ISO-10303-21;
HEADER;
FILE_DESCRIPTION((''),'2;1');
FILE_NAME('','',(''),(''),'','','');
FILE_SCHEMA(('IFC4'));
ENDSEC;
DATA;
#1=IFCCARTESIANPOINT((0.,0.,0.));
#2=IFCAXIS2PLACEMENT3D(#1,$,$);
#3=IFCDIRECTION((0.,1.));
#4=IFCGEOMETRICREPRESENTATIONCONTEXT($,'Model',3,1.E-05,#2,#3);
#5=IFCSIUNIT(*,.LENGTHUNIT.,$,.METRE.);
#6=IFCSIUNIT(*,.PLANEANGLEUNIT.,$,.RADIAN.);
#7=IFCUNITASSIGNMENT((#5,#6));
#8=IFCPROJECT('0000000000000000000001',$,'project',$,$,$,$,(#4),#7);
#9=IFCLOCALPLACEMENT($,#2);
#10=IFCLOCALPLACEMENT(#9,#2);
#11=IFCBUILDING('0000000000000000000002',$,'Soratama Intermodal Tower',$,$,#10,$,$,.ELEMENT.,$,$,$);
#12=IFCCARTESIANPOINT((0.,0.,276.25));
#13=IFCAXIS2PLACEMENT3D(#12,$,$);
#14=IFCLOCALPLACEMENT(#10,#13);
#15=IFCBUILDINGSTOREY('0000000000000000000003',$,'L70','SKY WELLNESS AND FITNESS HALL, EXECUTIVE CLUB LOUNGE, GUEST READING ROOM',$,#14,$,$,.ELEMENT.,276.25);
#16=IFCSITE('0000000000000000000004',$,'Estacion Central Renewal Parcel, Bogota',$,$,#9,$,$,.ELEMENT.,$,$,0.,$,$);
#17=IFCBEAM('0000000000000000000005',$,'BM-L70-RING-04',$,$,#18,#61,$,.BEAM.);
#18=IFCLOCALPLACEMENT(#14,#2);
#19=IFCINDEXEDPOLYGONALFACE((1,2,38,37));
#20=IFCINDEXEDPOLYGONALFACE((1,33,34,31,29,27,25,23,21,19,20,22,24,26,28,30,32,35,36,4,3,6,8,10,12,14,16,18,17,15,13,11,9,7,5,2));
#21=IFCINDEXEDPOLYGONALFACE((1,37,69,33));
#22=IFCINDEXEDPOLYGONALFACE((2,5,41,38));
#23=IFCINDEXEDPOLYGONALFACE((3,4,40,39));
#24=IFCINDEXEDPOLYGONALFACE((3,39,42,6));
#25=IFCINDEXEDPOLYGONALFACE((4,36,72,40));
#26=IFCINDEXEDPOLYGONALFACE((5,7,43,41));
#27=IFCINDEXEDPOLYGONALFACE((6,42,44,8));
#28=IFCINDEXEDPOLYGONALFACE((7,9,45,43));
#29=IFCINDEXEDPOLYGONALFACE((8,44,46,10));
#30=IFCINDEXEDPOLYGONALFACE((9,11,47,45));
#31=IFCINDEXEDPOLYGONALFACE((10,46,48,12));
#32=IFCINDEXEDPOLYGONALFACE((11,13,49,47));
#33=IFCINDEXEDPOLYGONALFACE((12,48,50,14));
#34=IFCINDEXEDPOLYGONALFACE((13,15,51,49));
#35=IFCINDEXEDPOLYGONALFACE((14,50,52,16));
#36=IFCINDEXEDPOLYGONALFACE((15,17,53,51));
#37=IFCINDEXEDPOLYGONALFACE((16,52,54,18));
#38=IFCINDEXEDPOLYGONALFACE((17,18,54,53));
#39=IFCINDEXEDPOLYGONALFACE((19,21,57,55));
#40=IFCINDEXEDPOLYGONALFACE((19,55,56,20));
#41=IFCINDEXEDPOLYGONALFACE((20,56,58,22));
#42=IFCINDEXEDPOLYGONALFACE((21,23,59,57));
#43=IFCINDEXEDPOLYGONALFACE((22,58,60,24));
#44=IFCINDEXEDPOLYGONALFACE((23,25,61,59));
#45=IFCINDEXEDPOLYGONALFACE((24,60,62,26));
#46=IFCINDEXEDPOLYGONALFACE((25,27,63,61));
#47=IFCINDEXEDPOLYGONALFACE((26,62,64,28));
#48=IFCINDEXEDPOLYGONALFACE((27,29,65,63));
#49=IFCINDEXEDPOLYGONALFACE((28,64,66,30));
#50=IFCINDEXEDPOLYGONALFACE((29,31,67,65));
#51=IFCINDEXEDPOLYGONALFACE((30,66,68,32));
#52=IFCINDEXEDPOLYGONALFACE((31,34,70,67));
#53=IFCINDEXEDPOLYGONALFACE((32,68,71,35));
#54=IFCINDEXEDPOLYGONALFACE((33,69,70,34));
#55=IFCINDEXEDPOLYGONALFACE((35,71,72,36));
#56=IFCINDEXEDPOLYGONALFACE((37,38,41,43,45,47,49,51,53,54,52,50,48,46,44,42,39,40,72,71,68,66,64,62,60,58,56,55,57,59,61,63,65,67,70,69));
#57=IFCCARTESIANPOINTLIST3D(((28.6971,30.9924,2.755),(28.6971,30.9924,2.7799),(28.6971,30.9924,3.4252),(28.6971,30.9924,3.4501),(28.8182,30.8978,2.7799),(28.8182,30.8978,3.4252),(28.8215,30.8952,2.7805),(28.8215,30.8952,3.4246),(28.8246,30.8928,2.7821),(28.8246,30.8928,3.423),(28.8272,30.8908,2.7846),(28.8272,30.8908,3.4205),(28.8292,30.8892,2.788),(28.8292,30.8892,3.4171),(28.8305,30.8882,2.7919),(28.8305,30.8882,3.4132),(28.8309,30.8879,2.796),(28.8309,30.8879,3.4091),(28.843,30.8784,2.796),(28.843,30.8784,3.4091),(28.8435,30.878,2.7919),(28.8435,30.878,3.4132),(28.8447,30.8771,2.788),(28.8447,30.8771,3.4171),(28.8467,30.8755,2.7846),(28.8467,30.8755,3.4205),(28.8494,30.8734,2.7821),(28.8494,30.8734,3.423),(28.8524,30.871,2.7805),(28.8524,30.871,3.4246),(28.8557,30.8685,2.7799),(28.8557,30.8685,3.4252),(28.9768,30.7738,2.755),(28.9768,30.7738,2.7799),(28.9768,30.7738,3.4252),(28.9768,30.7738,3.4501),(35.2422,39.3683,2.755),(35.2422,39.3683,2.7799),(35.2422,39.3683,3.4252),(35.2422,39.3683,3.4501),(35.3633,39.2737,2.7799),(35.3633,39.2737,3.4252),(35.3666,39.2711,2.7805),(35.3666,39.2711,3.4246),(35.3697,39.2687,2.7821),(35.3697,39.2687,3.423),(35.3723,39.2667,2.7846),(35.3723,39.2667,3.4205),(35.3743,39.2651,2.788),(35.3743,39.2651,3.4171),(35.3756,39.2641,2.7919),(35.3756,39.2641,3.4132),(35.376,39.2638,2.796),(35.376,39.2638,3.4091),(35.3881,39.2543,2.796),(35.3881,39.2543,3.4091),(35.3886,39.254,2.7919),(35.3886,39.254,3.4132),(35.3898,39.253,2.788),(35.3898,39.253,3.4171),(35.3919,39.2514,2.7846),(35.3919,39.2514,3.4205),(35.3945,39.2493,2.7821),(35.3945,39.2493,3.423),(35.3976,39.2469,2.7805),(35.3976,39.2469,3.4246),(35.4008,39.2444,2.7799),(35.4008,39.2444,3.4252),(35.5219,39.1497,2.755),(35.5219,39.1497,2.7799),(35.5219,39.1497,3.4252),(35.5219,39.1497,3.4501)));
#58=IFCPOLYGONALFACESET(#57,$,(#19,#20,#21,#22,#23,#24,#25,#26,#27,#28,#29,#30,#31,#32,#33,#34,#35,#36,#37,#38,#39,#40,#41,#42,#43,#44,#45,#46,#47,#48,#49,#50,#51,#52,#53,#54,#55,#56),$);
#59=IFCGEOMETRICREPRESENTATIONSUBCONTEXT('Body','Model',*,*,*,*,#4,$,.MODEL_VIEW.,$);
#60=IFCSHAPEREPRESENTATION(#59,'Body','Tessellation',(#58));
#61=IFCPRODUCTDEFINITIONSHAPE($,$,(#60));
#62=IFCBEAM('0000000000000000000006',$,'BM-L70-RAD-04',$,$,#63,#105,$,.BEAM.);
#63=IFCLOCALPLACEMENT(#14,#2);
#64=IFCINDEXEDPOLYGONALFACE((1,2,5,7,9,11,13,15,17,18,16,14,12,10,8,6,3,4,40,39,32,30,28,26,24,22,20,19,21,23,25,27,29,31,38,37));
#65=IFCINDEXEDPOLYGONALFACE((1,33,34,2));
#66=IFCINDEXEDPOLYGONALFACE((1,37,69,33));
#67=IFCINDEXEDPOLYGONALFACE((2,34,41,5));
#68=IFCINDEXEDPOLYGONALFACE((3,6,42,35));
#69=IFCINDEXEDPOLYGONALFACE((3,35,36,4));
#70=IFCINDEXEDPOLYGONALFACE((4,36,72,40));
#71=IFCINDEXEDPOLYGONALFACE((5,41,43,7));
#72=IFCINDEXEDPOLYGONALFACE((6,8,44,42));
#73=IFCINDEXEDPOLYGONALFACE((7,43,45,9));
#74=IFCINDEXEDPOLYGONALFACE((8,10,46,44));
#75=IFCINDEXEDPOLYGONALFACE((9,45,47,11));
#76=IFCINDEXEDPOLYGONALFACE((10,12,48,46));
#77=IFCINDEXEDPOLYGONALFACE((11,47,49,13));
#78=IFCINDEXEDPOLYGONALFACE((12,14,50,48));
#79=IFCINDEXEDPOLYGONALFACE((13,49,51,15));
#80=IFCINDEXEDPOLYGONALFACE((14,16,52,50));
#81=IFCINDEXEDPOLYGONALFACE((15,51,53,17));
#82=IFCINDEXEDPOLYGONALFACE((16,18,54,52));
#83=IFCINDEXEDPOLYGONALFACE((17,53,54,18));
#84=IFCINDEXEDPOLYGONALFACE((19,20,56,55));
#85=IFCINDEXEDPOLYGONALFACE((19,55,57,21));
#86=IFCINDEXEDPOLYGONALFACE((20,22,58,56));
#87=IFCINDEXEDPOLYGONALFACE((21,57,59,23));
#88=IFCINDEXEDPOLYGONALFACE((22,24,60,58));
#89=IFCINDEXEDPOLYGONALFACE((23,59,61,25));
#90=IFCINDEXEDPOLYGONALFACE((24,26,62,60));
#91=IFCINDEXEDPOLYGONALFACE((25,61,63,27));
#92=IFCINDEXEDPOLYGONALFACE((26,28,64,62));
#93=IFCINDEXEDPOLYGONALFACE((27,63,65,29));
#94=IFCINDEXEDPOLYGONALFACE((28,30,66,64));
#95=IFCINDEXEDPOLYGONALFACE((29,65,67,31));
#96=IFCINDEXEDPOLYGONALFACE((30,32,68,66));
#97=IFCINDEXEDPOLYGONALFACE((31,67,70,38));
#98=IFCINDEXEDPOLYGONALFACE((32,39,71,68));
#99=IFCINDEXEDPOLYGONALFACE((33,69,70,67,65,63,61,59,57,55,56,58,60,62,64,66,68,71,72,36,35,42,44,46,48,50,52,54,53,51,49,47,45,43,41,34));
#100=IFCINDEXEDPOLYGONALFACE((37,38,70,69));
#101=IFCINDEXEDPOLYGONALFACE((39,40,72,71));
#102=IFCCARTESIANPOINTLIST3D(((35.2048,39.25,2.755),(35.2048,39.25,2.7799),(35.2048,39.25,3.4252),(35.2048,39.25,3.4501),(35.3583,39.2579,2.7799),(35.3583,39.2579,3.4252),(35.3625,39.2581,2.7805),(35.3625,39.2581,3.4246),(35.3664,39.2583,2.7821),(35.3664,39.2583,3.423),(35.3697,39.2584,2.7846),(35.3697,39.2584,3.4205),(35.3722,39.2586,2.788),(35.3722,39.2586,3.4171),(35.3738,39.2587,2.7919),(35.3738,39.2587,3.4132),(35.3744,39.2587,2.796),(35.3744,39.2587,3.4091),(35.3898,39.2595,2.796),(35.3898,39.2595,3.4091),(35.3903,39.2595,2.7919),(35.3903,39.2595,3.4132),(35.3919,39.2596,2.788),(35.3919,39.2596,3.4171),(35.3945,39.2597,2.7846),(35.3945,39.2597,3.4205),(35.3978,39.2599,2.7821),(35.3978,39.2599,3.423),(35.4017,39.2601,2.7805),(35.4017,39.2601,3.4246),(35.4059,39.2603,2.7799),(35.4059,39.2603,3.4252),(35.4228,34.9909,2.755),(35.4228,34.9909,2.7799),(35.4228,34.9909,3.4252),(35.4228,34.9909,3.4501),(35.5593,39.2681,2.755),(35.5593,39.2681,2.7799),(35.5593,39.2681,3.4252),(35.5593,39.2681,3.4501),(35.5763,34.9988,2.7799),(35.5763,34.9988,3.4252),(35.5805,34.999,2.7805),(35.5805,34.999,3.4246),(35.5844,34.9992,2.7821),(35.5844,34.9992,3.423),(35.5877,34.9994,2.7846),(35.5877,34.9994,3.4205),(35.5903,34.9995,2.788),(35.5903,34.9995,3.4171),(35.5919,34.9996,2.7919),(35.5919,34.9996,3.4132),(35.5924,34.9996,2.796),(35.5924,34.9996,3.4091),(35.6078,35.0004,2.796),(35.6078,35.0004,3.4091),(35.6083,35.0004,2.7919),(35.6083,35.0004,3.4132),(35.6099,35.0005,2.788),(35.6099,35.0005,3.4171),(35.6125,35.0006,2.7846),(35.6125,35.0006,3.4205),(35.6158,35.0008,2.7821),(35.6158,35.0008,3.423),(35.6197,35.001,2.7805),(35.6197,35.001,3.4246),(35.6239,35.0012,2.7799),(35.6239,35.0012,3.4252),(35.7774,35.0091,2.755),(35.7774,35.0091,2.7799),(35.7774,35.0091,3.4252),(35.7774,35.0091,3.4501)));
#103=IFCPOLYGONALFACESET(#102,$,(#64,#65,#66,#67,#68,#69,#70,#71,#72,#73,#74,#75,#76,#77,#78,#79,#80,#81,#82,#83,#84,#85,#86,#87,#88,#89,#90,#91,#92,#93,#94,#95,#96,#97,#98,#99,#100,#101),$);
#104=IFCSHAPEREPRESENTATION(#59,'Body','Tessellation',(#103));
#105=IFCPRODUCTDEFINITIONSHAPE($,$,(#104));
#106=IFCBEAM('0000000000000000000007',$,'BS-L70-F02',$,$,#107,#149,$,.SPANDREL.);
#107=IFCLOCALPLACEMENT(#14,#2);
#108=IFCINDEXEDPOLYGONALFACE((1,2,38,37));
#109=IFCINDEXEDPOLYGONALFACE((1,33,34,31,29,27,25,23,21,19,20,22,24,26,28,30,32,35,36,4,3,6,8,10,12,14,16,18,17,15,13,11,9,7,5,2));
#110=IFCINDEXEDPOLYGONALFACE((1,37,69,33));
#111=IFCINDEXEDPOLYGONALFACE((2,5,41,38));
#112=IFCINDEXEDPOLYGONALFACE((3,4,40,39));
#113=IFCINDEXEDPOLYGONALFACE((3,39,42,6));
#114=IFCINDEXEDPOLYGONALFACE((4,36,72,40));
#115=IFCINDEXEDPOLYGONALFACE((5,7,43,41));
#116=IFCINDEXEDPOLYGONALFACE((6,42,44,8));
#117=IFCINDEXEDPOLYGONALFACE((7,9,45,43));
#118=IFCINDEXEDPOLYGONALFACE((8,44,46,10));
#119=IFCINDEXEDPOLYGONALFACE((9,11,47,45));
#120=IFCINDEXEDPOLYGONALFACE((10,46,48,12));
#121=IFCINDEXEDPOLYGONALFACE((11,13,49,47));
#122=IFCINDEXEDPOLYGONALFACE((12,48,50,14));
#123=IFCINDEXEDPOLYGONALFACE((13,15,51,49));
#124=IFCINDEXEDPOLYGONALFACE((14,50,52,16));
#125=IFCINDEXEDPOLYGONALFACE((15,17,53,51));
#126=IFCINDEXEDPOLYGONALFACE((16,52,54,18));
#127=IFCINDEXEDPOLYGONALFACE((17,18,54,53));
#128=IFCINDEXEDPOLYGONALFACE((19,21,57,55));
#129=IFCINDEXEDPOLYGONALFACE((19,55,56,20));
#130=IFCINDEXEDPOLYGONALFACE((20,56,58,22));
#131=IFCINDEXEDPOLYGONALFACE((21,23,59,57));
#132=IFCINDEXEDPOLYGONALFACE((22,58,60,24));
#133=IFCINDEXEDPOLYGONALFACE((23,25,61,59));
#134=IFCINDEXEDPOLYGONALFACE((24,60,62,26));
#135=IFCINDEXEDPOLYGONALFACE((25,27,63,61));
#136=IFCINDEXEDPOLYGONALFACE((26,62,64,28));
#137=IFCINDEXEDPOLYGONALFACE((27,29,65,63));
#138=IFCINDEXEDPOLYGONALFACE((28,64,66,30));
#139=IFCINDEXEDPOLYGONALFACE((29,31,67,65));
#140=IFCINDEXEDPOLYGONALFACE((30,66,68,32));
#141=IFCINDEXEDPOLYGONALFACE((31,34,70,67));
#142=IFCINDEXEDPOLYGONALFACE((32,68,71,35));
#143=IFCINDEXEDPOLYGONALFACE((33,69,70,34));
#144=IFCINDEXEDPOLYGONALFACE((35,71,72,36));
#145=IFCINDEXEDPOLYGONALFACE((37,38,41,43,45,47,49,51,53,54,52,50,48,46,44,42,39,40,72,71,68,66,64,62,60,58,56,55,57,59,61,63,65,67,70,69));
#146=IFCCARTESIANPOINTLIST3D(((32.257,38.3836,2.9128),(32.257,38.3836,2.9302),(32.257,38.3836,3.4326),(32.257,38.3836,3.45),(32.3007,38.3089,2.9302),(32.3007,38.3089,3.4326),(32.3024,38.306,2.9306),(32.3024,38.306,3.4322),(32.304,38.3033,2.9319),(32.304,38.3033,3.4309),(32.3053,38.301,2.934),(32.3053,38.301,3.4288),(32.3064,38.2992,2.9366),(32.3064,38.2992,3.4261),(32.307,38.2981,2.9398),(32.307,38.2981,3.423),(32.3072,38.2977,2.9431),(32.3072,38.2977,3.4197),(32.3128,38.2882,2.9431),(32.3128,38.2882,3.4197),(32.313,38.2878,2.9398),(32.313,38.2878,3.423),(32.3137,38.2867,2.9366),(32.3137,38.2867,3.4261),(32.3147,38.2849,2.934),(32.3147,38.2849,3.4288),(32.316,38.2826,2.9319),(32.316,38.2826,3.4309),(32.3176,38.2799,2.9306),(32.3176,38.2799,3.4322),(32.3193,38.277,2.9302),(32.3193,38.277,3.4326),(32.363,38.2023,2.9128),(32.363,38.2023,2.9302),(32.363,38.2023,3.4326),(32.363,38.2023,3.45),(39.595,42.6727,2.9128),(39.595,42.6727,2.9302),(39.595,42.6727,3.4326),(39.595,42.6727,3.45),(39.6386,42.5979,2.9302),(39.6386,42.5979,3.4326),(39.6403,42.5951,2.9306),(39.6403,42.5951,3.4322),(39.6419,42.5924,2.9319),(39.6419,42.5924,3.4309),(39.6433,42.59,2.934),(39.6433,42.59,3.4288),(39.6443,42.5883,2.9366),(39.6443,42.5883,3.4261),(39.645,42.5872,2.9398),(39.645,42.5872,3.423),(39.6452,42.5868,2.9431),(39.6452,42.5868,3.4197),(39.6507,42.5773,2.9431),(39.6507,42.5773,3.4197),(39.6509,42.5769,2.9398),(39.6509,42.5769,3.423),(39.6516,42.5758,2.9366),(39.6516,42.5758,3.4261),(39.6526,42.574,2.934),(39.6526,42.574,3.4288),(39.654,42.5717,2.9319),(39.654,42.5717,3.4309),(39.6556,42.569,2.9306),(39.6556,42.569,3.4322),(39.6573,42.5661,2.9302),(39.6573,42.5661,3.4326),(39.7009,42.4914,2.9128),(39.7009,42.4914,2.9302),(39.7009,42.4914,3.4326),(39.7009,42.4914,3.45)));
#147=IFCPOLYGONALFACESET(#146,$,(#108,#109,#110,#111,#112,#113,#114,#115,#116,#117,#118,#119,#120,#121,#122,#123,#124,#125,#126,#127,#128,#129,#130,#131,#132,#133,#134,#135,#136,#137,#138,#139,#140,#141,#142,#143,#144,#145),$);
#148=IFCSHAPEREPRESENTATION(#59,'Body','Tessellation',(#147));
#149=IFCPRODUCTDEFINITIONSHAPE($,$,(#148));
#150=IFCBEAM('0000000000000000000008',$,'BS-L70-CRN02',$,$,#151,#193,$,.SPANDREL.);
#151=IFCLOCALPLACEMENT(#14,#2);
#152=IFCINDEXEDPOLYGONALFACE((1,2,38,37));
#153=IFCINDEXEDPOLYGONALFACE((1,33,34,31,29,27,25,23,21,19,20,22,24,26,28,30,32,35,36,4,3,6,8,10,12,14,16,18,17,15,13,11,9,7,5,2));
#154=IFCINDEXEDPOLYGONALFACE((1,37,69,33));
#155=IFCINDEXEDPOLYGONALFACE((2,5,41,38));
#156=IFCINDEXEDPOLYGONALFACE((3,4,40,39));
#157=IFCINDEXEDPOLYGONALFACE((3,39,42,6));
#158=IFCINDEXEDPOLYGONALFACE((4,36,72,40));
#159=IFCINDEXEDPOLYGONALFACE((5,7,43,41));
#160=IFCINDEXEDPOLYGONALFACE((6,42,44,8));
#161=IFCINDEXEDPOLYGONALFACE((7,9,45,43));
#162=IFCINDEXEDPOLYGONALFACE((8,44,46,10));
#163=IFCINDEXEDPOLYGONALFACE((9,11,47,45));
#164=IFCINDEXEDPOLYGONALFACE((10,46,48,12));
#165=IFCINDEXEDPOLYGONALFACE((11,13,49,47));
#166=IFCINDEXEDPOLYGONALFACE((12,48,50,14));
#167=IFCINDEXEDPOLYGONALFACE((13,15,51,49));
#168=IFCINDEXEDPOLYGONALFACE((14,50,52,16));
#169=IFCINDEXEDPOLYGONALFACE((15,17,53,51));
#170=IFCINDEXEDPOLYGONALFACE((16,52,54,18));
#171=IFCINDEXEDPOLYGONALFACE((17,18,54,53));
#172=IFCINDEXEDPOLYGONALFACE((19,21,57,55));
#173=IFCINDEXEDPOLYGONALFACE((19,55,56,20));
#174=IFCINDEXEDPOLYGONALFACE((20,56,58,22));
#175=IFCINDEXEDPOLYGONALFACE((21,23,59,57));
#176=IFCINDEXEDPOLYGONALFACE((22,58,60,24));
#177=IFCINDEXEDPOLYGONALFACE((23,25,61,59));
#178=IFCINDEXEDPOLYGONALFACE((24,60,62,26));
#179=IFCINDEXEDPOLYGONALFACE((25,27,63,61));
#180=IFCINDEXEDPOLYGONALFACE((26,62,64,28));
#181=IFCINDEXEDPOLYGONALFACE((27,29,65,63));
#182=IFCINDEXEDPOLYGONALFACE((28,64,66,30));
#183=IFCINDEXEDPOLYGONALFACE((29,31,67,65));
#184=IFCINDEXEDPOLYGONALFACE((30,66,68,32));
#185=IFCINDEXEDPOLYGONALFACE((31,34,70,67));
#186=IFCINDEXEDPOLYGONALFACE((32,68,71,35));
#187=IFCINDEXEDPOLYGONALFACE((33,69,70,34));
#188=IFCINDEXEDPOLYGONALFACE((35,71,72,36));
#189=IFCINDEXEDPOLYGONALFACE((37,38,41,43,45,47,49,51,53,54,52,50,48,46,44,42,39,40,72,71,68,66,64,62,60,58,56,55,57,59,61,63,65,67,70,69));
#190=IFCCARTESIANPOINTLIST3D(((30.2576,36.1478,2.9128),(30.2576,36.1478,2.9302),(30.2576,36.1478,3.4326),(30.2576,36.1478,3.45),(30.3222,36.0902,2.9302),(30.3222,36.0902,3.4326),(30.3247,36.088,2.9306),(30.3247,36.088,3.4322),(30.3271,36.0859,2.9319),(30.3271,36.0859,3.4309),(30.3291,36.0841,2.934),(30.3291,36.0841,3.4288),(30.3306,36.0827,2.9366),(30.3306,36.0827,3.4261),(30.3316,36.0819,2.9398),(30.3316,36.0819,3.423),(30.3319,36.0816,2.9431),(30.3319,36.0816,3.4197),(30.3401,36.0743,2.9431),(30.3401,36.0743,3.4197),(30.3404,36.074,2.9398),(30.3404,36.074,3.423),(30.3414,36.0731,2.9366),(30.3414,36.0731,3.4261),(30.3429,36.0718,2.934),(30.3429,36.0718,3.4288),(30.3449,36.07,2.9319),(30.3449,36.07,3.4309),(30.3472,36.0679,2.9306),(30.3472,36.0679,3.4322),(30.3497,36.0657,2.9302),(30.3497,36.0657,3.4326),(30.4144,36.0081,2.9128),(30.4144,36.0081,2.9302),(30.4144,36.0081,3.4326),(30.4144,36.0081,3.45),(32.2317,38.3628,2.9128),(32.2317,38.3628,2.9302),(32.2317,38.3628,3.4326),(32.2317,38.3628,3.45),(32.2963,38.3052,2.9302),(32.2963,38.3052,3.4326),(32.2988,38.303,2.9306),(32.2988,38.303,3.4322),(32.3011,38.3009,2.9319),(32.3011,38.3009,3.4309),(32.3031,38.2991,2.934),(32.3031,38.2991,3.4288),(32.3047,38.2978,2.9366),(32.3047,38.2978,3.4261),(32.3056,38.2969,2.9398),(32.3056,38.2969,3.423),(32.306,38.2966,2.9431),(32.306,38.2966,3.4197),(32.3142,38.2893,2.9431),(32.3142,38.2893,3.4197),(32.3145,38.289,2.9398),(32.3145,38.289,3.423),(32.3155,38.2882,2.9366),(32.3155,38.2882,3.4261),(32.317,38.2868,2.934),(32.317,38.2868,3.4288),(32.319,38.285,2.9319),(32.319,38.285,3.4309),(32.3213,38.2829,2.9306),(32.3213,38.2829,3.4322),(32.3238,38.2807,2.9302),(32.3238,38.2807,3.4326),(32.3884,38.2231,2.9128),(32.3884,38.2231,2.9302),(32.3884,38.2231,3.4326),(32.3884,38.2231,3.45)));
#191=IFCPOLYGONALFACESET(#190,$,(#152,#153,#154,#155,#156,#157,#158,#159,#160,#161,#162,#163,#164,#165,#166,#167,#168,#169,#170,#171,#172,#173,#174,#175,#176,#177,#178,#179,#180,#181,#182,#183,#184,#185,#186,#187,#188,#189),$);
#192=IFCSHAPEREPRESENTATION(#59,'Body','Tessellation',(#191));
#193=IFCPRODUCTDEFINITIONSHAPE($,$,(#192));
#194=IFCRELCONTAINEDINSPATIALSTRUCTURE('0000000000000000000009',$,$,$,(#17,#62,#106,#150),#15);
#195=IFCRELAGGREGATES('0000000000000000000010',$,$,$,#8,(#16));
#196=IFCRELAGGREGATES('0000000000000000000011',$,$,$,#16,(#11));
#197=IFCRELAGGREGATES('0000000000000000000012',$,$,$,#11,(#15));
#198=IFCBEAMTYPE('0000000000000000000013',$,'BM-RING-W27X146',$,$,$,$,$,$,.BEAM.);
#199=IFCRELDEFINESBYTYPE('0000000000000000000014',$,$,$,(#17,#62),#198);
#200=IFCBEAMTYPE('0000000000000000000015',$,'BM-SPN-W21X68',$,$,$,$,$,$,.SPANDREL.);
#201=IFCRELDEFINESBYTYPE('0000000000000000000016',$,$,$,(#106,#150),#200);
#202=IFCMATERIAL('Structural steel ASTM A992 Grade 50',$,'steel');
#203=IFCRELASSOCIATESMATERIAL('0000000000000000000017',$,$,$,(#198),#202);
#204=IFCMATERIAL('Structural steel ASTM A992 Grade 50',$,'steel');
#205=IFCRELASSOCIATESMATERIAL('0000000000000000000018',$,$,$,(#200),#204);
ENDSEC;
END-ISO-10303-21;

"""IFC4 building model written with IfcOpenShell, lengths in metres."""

from ifc_helpers import new_model, si_unit, direction, frame, origin, origin_2d, place, context, subcontext, project, spatial, i_section, extrude, material, material_profile, profile_set, type_object, element, save


model = new_model("IFC4")

# Units and contexts
model_context = context("Model", 3, precision=1e-05, world=origin(), true_north=direction((0.0, 1.0)))
body_context = subcontext(model_context, "Body", "Model", "MODEL_VIEW")
ifc_project = project(units=[si_unit("LENGTHUNIT", "METRE"), si_unit("PLANEANGLEUNIT", "RADIAN")], contexts=[model_context])

# Site, building, storey
site_placement = place(None, origin())
site = spatial("IfcSite", under=ifc_project, at=site_placement, Name="Estacion Central Renewal Parcel, Bogota", CompositionType="ELEMENT", RefElevation=0.0)
building_placement = place(site_placement, origin())
building = spatial("IfcBuilding", under=site, at=building_placement, Name="Soratama Intermodal Tower", CompositionType="ELEMENT")
storey_placement = place(building_placement, frame((0.0, 0.0, 276.25)))
storey = spatial("IfcBuildingStorey", under=building, at=storey_placement, Name="L70", Description="SKY WELLNESS AND FITNESS HALL, EXECUTIVE CLUB LOUNGE, GUEST READING ROOM", CompositionType="ELEMENT", Elevation=276.25)

# Beams
ifc_material_1 = material(Name="Structural steel ASTM A992 Grade 50", Category="steel")
ifc_material_profile_1 = material_profile(ifc_material_1, i_section(OverallWidth=0.355, OverallDepth=0.6951, WebThickness=0.0154, FlangeThickness=0.0249, FilletRadius=0.0161, at=origin_2d()), Name="W27X146")
ifc_profile_set_1 = profile_set([ifc_material_profile_1], Name="Structural steel ASTM A992 Grade 50")
beam_type_1 = type_object("IfcBeamType", Name="BM-RING-W27X146", PredefinedType="BEAM", material=ifc_profile_set_1)
beam_1_placement = place(storey_placement, frame((35.3821, 39.259, 3.1025), z_axis=(-0.615728, -0.787959, 0.0), x_axis=(0.787959, -0.615728, 0.0)))
element("IfcBeam", 1, at=beam_1_placement, inside=storey, type_object=beam_type_1, Name="BM-L70-RING-04", PredefinedType="BEAM", context=body_context, shape_type="SweptSolid", body=[
    extrude(i_section(OverallWidth=0.355, OverallDepth=0.6951, WebThickness=0.0154, FlangeThickness=0.0249, FilletRadius=0.0161, at=origin_2d()), origin(), (0.0, 0.0, 1.0), 10.6299),
])
beam_2_placement = place(storey_placement, frame((35.6001, 35.0, 3.1025), z_axis=(-0.051123, 0.998692, 0.0), x_axis=(-0.998692, -0.051123, 0.0)))
element("IfcBeam", 2, at=beam_2_placement, inside=storey, type_object=beam_type_1, Name="BM-L70-RAD-04", PredefinedType="BEAM", context=body_context, shape_type="SweptSolid", body=[
    extrude(i_section(OverallWidth=0.355, OverallDepth=0.6951, WebThickness=0.0154, FlangeThickness=0.0249, FilletRadius=0.0161, at=origin_2d()), origin(), (0.0, 0.0, 1.0), 4.2646),
])
ifc_material_2 = material(Name="Structural steel ASTM A992 Grade 50", Category="steel")
ifc_material_profile_2 = material_profile(ifc_material_2, i_section(OverallWidth=0.21, OverallDepth=0.5371, WebThickness=0.011, FlangeThickness=0.0173, FilletRadius=0.0129, at=origin_2d()), Name="W21X68")
ifc_profile_set_2 = profile_set([ifc_material_profile_2], Name="Structural steel ASTM A992 Grade 50")
beam_type_2 = type_object("IfcBeamType", Name="BM-SPN-W21X68", PredefinedType="SPANDREL", material=ifc_profile_set_2)
beam_3_placement = place(storey_placement, frame((39.6479, 42.582, 3.1814), z_axis=(-0.863337, -0.504628, 0.0), x_axis=(0.504628, -0.863337, 0.0)))
element("IfcBeam", 3, at=beam_3_placement, inside=storey, type_object=beam_type_2, Name="BS-L70-F02", PredefinedType="SPANDREL", context=body_context, shape_type="SweptSolid", body=[
    extrude(i_section(OverallWidth=0.21, OverallDepth=0.5371, WebThickness=0.011, FlangeThickness=0.0173, FilletRadius=0.0129, at=origin_2d()), origin(), (0.0, 0.0, 1.0), 8.4995),
])
beam_4_placement = place(storey_placement, frame((32.3101, 38.293, 3.1814), z_axis=(-0.665334, -0.746546, 0.0), x_axis=(0.746546, -0.665334, 0.0)))
element("IfcBeam", 4, at=beam_4_placement, inside=storey, type_object=beam_type_2, Name="BS-L70-CRN02", PredefinedType="SPANDREL", context=body_context, shape_type="SweptSolid", body=[
    extrude(i_section(OverallWidth=0.21, OverallDepth=0.5371, WebThickness=0.011, FlangeThickness=0.0173, FilletRadius=0.0129, at=origin_2d()), origin(), (0.0, 0.0, 1.0), 2.967),
])

save(model, "model.ifc")
